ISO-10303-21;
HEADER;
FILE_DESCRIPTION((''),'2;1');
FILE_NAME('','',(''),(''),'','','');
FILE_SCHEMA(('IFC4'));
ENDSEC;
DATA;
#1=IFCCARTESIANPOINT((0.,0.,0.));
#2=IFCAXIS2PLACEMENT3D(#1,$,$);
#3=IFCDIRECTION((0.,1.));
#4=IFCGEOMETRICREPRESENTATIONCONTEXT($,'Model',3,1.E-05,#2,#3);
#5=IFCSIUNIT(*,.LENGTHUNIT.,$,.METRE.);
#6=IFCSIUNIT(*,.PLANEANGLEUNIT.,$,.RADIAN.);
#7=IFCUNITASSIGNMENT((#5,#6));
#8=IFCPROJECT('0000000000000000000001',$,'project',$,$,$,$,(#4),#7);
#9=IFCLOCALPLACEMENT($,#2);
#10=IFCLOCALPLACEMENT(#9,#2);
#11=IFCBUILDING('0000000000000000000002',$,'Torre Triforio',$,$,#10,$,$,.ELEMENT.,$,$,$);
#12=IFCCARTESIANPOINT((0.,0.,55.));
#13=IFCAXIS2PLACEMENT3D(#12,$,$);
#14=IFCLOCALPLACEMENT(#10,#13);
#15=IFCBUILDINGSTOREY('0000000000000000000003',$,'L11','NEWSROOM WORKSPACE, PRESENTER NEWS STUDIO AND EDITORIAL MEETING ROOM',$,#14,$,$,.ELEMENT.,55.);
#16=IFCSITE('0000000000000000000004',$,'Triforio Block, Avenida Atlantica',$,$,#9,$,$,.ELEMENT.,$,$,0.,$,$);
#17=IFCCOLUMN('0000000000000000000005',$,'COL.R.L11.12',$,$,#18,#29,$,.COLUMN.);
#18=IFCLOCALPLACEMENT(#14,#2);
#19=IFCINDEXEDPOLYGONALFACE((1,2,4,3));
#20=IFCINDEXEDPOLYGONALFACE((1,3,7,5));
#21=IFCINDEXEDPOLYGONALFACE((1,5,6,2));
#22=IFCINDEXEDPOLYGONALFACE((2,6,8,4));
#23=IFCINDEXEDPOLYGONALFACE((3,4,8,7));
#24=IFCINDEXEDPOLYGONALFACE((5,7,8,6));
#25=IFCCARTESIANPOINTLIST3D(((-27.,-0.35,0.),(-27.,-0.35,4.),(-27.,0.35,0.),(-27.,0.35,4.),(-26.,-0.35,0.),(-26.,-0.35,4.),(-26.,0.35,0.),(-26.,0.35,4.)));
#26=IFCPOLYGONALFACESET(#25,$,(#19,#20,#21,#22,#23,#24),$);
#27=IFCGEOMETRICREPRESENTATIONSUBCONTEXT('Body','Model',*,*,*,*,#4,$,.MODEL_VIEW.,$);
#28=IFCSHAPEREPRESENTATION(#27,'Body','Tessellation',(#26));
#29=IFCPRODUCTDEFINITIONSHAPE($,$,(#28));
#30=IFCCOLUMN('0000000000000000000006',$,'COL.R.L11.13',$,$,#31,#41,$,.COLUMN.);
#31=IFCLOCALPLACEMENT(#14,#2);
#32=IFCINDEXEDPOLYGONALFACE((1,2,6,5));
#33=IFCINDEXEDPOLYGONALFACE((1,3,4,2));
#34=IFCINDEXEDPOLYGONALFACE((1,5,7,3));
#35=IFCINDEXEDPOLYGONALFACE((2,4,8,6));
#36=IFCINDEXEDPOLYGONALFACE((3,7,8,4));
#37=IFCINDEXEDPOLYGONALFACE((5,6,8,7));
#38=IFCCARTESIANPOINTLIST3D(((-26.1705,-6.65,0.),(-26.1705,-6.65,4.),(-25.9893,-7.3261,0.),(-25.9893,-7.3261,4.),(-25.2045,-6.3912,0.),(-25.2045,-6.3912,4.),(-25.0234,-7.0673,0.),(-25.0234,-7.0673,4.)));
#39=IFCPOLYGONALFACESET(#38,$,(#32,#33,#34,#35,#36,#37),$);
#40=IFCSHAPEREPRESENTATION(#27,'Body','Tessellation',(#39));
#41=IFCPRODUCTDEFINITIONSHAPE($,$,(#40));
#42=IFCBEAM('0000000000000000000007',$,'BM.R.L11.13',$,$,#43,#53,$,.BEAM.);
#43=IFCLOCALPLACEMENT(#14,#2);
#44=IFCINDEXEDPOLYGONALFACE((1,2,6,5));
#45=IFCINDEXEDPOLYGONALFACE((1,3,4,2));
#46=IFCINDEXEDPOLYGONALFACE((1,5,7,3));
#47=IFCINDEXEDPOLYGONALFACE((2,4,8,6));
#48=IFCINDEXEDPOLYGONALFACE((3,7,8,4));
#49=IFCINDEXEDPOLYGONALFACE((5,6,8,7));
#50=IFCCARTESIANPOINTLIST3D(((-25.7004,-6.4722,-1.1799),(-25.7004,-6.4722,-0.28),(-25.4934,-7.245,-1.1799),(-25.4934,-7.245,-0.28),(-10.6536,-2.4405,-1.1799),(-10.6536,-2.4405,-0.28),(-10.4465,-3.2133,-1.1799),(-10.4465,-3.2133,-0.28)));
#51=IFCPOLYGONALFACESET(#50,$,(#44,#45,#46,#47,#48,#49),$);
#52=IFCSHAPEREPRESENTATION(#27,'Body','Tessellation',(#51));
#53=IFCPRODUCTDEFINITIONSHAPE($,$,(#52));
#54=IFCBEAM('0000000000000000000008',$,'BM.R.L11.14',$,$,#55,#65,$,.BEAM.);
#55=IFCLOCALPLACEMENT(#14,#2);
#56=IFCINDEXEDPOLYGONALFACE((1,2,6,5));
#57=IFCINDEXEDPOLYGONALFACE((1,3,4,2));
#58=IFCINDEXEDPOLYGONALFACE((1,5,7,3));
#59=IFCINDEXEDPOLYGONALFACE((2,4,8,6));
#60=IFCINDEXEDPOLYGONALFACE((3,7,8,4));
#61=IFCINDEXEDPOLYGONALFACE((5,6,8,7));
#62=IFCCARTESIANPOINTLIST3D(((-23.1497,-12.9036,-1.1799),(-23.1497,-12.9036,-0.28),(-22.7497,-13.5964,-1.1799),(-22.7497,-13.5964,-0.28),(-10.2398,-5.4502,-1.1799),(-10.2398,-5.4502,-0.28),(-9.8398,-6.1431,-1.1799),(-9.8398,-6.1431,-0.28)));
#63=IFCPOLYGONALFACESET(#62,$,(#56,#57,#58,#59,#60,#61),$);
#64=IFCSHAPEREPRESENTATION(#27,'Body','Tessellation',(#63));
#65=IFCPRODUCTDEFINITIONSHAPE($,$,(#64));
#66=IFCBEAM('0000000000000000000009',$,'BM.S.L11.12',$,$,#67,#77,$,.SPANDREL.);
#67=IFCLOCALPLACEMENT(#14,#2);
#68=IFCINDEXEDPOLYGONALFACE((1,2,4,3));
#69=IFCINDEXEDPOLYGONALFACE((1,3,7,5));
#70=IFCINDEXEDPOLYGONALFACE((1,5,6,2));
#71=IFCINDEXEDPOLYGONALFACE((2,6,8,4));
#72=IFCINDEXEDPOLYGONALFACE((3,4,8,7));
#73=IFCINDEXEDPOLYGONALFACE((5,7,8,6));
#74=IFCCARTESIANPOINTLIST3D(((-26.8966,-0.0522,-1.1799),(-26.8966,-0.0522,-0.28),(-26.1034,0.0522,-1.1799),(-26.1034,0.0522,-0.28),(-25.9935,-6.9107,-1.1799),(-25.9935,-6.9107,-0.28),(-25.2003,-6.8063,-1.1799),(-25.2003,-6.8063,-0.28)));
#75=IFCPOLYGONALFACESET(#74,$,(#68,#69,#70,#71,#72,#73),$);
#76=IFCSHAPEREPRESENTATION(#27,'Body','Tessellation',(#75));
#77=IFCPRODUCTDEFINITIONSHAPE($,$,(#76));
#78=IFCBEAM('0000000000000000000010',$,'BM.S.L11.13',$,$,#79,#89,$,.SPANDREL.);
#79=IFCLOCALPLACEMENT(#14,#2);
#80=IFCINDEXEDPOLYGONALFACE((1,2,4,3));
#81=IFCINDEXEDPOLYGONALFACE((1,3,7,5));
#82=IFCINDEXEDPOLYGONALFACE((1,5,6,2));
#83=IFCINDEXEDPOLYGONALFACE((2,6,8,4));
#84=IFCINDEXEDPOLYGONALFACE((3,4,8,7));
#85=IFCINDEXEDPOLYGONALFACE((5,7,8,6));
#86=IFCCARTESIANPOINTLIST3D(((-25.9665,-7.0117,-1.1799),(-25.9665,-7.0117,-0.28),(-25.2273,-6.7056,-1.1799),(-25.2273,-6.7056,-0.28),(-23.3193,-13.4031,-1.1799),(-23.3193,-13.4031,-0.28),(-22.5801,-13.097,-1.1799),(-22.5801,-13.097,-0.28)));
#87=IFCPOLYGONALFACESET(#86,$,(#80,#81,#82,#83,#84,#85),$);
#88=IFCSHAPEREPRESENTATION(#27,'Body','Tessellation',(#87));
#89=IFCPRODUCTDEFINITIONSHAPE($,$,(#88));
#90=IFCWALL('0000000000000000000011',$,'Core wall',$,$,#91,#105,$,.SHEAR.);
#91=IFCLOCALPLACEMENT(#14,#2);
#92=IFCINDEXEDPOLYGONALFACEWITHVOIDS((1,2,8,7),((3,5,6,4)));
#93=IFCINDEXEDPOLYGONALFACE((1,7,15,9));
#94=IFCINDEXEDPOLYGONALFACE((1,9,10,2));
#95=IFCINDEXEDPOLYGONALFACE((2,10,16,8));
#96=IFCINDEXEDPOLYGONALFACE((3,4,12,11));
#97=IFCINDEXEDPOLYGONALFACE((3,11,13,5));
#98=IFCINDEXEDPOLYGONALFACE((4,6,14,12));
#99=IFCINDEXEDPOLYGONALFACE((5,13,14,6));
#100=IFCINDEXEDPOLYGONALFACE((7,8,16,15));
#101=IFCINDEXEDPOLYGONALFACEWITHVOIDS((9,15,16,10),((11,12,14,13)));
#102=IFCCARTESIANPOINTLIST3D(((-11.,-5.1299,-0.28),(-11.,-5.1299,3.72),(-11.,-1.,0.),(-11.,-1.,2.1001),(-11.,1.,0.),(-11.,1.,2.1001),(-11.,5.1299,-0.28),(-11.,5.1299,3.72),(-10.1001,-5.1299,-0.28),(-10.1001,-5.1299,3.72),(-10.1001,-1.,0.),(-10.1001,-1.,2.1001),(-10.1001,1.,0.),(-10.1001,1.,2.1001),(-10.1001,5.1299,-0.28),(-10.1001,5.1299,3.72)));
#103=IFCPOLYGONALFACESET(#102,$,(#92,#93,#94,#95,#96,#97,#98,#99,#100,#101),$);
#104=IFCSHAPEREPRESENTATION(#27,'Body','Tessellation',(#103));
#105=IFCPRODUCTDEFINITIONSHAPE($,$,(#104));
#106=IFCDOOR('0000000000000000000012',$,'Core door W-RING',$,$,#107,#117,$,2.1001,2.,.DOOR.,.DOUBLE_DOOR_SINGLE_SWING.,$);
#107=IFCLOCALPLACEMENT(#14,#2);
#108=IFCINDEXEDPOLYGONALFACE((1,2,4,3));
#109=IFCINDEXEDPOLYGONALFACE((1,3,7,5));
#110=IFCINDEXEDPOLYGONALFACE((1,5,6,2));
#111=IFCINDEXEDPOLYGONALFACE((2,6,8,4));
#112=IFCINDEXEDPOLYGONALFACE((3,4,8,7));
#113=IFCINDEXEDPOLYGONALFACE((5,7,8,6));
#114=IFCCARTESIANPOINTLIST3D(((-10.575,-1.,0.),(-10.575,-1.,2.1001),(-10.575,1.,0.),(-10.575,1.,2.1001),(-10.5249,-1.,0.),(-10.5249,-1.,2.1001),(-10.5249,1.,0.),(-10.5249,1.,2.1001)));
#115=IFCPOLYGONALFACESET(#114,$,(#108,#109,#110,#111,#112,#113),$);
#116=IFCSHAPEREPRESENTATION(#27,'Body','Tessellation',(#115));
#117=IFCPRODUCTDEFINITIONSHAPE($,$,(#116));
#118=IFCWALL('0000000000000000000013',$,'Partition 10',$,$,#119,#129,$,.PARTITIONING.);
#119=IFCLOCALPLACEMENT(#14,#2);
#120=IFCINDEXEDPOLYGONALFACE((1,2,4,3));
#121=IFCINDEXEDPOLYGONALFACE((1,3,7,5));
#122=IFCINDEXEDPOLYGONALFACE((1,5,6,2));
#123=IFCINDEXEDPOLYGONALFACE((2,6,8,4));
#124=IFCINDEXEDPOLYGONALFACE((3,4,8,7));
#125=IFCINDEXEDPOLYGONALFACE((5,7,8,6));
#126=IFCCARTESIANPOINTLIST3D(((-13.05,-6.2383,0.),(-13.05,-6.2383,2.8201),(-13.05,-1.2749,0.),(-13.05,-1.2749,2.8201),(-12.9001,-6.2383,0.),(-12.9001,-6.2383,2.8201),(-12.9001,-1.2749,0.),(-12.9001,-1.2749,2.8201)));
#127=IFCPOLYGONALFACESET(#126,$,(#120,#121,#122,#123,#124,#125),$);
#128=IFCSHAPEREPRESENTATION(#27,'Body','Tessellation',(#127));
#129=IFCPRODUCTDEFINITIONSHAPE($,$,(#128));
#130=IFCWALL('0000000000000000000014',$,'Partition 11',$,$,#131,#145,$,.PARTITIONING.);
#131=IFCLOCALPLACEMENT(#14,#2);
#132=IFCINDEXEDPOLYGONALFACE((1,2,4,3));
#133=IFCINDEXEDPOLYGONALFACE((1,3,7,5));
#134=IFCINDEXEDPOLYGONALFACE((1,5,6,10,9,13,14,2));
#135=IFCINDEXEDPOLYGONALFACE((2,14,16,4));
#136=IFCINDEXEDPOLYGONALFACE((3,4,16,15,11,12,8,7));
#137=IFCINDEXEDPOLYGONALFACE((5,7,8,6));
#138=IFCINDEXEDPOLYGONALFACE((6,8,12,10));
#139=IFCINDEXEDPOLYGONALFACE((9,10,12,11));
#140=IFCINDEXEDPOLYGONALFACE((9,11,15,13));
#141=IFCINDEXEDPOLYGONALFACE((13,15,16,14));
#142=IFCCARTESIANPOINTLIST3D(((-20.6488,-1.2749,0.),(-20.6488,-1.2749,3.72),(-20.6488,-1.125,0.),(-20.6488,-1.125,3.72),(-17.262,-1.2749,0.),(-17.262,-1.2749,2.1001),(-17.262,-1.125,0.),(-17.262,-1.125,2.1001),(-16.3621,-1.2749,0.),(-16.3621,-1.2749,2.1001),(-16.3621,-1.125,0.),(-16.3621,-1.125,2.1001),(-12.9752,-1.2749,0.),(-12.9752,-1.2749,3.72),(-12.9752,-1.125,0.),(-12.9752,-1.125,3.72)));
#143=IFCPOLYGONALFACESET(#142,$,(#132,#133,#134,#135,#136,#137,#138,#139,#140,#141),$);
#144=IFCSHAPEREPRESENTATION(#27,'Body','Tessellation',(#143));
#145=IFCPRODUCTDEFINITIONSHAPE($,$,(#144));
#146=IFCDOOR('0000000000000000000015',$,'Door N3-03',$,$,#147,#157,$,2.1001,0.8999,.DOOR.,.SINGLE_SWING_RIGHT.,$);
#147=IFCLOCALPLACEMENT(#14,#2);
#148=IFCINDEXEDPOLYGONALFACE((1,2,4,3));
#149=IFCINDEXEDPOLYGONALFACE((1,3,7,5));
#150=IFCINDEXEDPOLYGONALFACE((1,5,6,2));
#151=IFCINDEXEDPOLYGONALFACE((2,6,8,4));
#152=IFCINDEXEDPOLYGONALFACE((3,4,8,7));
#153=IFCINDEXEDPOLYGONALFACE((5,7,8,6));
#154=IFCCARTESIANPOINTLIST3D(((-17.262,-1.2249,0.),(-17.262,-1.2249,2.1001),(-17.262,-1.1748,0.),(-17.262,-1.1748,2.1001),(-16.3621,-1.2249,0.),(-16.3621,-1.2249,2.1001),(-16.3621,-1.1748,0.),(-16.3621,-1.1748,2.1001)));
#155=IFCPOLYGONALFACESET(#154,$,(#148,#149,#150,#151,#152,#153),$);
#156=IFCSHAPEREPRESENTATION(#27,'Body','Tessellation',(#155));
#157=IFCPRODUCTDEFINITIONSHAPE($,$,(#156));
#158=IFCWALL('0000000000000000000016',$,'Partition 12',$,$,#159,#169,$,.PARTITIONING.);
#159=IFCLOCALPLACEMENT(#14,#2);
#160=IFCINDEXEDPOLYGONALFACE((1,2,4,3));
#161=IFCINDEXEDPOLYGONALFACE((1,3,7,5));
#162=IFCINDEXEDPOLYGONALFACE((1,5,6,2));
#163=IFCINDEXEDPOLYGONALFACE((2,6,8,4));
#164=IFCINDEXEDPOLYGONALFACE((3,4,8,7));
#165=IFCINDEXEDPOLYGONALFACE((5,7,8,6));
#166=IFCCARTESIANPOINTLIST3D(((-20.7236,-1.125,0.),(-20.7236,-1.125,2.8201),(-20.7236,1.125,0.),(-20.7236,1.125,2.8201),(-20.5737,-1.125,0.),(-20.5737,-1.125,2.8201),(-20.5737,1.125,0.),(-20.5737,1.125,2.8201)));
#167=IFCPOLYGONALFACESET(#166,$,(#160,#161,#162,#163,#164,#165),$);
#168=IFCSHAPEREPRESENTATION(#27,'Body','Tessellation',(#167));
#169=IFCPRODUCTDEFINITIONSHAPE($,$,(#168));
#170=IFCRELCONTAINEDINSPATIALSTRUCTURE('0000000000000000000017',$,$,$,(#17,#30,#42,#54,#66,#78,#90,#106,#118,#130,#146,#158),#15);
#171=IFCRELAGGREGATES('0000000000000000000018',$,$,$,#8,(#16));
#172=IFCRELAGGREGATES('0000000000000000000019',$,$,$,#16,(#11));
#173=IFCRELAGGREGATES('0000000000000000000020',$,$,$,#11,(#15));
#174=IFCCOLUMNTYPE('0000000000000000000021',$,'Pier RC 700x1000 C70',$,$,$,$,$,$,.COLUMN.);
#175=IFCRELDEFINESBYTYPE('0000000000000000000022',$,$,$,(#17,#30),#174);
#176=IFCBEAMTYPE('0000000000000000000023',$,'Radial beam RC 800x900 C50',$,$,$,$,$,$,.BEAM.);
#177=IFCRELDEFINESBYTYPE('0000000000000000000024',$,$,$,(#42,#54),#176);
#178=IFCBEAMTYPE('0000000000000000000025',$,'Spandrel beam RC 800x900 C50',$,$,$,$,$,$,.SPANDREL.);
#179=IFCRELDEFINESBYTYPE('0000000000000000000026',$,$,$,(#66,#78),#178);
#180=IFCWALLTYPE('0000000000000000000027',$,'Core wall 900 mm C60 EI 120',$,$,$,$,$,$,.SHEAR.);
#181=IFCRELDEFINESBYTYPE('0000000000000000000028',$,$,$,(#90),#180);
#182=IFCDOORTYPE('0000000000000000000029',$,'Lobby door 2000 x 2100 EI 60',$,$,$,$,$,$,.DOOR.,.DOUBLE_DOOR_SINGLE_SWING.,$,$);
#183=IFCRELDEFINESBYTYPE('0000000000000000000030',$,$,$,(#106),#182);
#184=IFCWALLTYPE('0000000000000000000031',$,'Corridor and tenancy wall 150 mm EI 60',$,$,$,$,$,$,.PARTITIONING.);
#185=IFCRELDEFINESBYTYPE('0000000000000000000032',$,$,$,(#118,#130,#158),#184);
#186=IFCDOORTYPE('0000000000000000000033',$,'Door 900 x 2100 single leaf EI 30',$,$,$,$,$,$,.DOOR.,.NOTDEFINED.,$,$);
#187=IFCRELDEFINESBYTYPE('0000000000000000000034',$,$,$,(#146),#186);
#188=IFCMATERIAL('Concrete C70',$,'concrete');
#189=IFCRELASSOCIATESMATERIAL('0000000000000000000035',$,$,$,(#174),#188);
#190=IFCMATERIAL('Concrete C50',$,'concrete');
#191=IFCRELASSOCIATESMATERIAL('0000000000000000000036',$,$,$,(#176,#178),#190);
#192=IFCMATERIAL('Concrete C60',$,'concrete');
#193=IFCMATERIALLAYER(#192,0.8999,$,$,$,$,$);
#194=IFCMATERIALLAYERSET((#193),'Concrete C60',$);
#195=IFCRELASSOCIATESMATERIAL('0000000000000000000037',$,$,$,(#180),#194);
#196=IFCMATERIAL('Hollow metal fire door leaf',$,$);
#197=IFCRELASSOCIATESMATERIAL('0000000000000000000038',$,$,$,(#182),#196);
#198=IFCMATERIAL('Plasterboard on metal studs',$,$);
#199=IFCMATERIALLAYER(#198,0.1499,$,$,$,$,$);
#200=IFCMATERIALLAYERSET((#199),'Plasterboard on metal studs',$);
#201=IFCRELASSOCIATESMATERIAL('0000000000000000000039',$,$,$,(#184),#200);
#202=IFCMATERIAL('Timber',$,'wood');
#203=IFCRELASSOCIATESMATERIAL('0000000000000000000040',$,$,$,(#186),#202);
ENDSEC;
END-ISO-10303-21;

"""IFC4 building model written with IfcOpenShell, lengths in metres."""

from ifc_helpers import new_model, si_unit, direction, frame, frame_2d, origin, origin_2d, place, context, subcontext, project, spatial, rectangle, extrude, material, layer, layer_set, material_profile, profile_set, type_object, element, fill, save


model = new_model("IFC4")

# Units and contexts
model_context = context("Model", 3, precision=1e-05, world=origin(), true_north=direction((0.0, 1.0)))
body_context = subcontext(model_context, "Body", "Model", "MODEL_VIEW")
ifc_project = project(units=[si_unit("LENGTHUNIT", "METRE"), si_unit("PLANEANGLEUNIT", "RADIAN")], contexts=[model_context])

# Site, building, storey
site_placement = place(None, origin())
site = spatial("IfcSite", under=ifc_project, at=site_placement, Name="Triforio Block, Avenida Atlantica", CompositionType="ELEMENT", RefElevation=0.0)
building_placement = place(site_placement, origin())
building = spatial("IfcBuilding", under=site, at=building_placement, Name="Torre Triforio", CompositionType="ELEMENT")
storey_placement = place(building_placement, frame((0.0, 0.0, 55.0)))
storey = spatial("IfcBuildingStorey", under=building, at=storey_placement, Name="L11", Description="NEWSROOM WORKSPACE, PRESENTER NEWS STUDIO AND EDITORIAL MEETING ROOM", CompositionType="ELEMENT", Elevation=55.0)

# Columns
ifc_material_1 = material(Name="Concrete C70", Category="concrete")
ifc_material_profile_1 = material_profile(ifc_material_1, rectangle(XDim=0.7, YDim=1.0, at=origin_2d()), Name="RC 700x1000")
ifc_profile_set_1 = profile_set([ifc_material_profile_1], Name="Concrete C70")
column_type = type_object("IfcColumnType", Name="Pier RC 700x1000 C70", PredefinedType="COLUMN", material=ifc_profile_set_1)
for number, where, z_axis, x_axis, name in (
    (1, (-26.5, 0.0, 0.0), (0.0, 0.0, 1.0), (0.0, -1.0, 0.0), "COL.R.L11.12"),
    (2, (-25.5969, -6.8586, 0.0), (0.0, 0.0, 1.0), (0.258819, -0.965926, 0.0), "COL.R.L11.13"),
):
    element("IfcColumn", number, at=place(storey_placement, frame(where, z_axis=z_axis, x_axis=x_axis)), inside=storey, type_object=column_type, Name=name, PredefinedType="COLUMN", context=body_context, shape_type="SweptSolid", body=[
        extrude(rectangle(XDim=0.7, YDim=1.0, at=origin_2d()), origin(), (0.0, 0.0, 1.0), 4.0),
    ])

# Beams
ifc_material_2 = material(Name="Concrete C50", Category="concrete")
ifc_material_profile_2 = material_profile(ifc_material_2, rectangle(XDim=0.8, YDim=0.8999, at=origin_2d()), Name="RC 800x900")
ifc_profile_set_2 = profile_set([ifc_material_profile_2], Name="Concrete C50")
beam_type_1 = type_object("IfcBeamType", Name="Radial beam RC 800x900 C50", PredefinedType="BEAM", material=ifc_profile_set_2)
beam_1_placement = place(storey_placement, frame((-10.55, -2.8269, -0.73), z_axis=(-0.965927, -0.258815, 0.0), x_axis=(0.258815, -0.965927, 0.0)))
element("IfcBeam", 3, at=beam_1_placement, inside=storey, type_object=beam_type_1, Name="BM.R.L11.13", PredefinedType="BEAM", context=body_context, shape_type="SweptSolid", body=[
    extrude(rectangle(XDim=0.8, YDim=0.8999, at=origin_2d()), origin(), (0.0, 0.0, 1.0), 15.5776),
])
beam_2_placement = place(storey_placement, frame((-10.0398, -5.7966, -0.73), z_axis=(-0.86603, -0.499991, 0.0), x_axis=(0.499991, -0.86603, 0.0)))
element("IfcBeam", 4, at=beam_2_placement, inside=storey, type_object=beam_type_1, Name="BM.R.L11.14", PredefinedType="BEAM", context=body_context, shape_type="SweptSolid", body=[
    extrude(rectangle(XDim=0.8, YDim=0.8999, at=origin_2d()), origin(), (0.0, 0.0, 1.0), 14.907),
])
ifc_material_profile_3 = material_profile(ifc_material_2, rectangle(XDim=0.8, YDim=0.8999, at=origin_2d()), Name="RC 800x900")
ifc_profile_set_3 = profile_set([ifc_material_profile_3], Name="Concrete C50")
beam_type_2 = type_object("IfcBeamType", Name="Spandrel beam RC 800x900 C50", PredefinedType="SPANDREL", material=ifc_profile_set_3)
beam_3_placement = place(storey_placement, frame((-26.5, 0.0, -0.73), z_axis=(0.130543, -0.991443, 0.0), x_axis=(0.991443, 0.130543, 0.0)))
element("IfcBeam", 5, at=beam_3_placement, inside=storey, type_object=beam_type_2, Name="BM.S.L11.12", PredefinedType="SPANDREL", context=body_context, shape_type="SweptSolid", body=[
    extrude(rectangle(XDim=0.8, YDim=0.8999, at=origin_2d()), origin(), (0.0, 0.0, 1.0), 6.9177),
])
beam_4_placement = place(storey_placement, frame((-25.5969, -6.8586, -0.73), z_axis=(0.382662, -0.923888, 0.0), x_axis=(0.923888, 0.382662, 0.0)))
element("IfcBeam", 6, at=beam_4_placement, inside=storey, type_object=beam_type_2, Name="BM.S.L11.13", PredefinedType="SPANDREL", context=body_context, shape_type="SweptSolid", body=[
    extrude(rectangle(XDim=0.8, YDim=0.8999, at=origin_2d()), origin(), (0.0, 0.0, 1.0), 6.918),
])

# Wall, opening, door
ifc_material_3 = material(Name="Concrete C60", Category="concrete")
ifc_layer_1 = layer(ifc_material_3, 0.8999)
ifc_layer_set_1 = layer_set([ifc_layer_1], Name="Concrete C60")
wall_type_1 = type_object("IfcWallType", Name="Core wall 900 mm C60 EI 120", PredefinedType="SHEAR", material=ifc_layer_set_1)
wall_1_placement = place(storey_placement, frame((-10.55, -5.1299, -0.28), z_axis=(0.0, 0.0, 1.0), x_axis=(0.0, 1.0, 0.0)))
wall_1 = element("IfcWall", 7, at=wall_1_placement, inside=storey, type_object=wall_type_1, Name="Core wall", PredefinedType="SHEAR", context=body_context, shape_type="SweptSolid", body=[
    extrude(rectangle(XDim=10.2598, YDim=0.8999, at=frame_2d((5.1299, 0.0))), origin(), (0.0, 0.0, 1.0), 4.0),
])
opening_1_placement = place(wall_1_placement, frame((4.1299, 0.0, 0.28)))
opening_1 = element("IfcOpeningElement", 8, at=opening_1_placement, cuts=wall_1, PredefinedType="OPENING", context=body_context, shape_type="SweptSolid", body=[
    extrude(rectangle(XDim=2.0, YDim=2.1001, at=frame_2d((1.0, 1.05))), frame((0.0, 0.46, 0.0), z_axis=(0.0, -1.0, 0.0), x_axis=(1.0, 0.0, 0.0)), (0.0, 0.0, 1.0), 0.9199),
])
ifc_material_4 = material(Name="Hollow metal fire door leaf")
door_type_1 = type_object("IfcDoorType", Name="Lobby door 2000 x 2100 EI 60", OperationType="DOUBLE_DOOR_SINGLE_SWING", PredefinedType="DOOR", material=ifc_material_4)
door_1_placement = place(opening_1_placement, origin())
door_1 = element("IfcDoor", 9, at=door_1_placement, inside=storey, type_object=door_type_1, Name="Core door W-RING", OperationType="DOUBLE_DOOR_SINGLE_SWING", OverallHeight=2.1001, OverallWidth=2.0, PredefinedType="DOOR", context=body_context, shape_type="SweptSolid", body=[
    extrude(rectangle(XDim=2.0, YDim=2.1001, at=frame_2d((1.0, 1.05))), frame((0.0, 0.0249, 0.0), z_axis=(0.0, -1.0, 0.0), x_axis=(1.0, 0.0, 0.0)), (0.0, 0.0, 1.0), 0.05),
])
fill(opening_1, door_1)

# Wall
ifc_material_5 = material(Name="Plasterboard on metal studs")
ifc_layer_2 = layer(ifc_material_5, 0.1499)
ifc_layer_set_2 = layer_set([ifc_layer_2], Name="Plasterboard on metal studs")
wall_type_2 = type_object("IfcWallType", Name="Corridor and tenancy wall 150 mm EI 60", PredefinedType="PARTITIONING", material=ifc_layer_set_2)
wall_2_placement = place(storey_placement, frame((-12.9751, -6.2383, 0.0), z_axis=(0.0, 0.0, 1.0), x_axis=(0.0, 1.0, 0.0)))
element("IfcWall", 10, at=wall_2_placement, inside=storey, type_object=wall_type_2, Name="Partition 10", PredefinedType="PARTITIONING", context=body_context, shape_type="SweptSolid", body=[
    extrude(rectangle(XDim=4.9634, YDim=0.1499, at=frame_2d((2.4817, 0.0))), origin(), (0.0, 0.0, 1.0), 2.8201),
])

# Wall, opening, door
wall_3_placement = place(storey_placement, frame((-12.9751, -1.2, 0.0), z_axis=(0.0, 0.0, 1.0), x_axis=(-1.0, 0.0, 0.0)))
wall_3 = element("IfcWall", 11, at=wall_3_placement, inside=storey, type_object=wall_type_2, Name="Partition 11", PredefinedType="PARTITIONING", context=body_context, shape_type="SweptSolid", body=[
    extrude(rectangle(XDim=7.6736, YDim=0.1499, at=frame_2d((3.8369, 0.0))), origin(), (0.0, 0.0, 1.0), 3.72),
])
opening_2_placement = place(wall_3_placement, frame((3.387, 0.0, 0.0)))
opening_2 = element("IfcOpeningElement", 12, at=opening_2_placement, cuts=wall_3, PredefinedType="OPENING", context=body_context, shape_type="SweptSolid", body=[
    extrude(rectangle(XDim=0.8999, YDim=2.1001, at=frame_2d((0.45, 1.05))), frame((0.0, 0.085, 0.0), z_axis=(0.0, -1.0, 0.0), x_axis=(1.0, 0.0, 0.0)), (0.0, 0.0, 1.0), 0.1699),
])
ifc_material_6 = material(Name="Timber", Category="wood")
door_type_2 = type_object("IfcDoorType", Name="Door 900 x 2100 single leaf EI 30", OperationType="NOTDEFINED", PredefinedType="DOOR", material=ifc_material_6)
door_2_placement = place(opening_2_placement, origin())
door_2 = element("IfcDoor", 13, at=door_2_placement, inside=storey, type_object=door_type_2, Name="Door N3-03", OperationType="SINGLE_SWING_RIGHT", OverallHeight=2.1001, OverallWidth=0.8999, PredefinedType="DOOR", context=body_context, shape_type="SweptSolid", body=[
    extrude(rectangle(XDim=0.8999, YDim=2.1001, at=frame_2d((0.45, 1.05))), frame((0.0, 0.0249, 0.0), z_axis=(0.0, -1.0, 0.0), x_axis=(1.0, 0.0, 0.0)), (0.0, 0.0, 1.0), 0.05),
])
fill(opening_2, door_2)

# Wall
wall_4_placement = place(storey_placement, frame((-20.6487, -1.125, 0.0), z_axis=(0.0, 0.0, 1.0), x_axis=(0.0, 1.0, 0.0)))
element("IfcWall", 14, at=wall_4_placement, inside=storey, type_object=wall_type_2, Name="Partition 12", PredefinedType="PARTITIONING", context=body_context, shape_type="SweptSolid", body=[
    extrude(rectangle(XDim=2.25, YDim=0.1499, at=frame_2d((1.125, 0.0))), origin(), (0.0, 0.0, 1.0), 2.8201),
])

save(model, "model.ifc")
